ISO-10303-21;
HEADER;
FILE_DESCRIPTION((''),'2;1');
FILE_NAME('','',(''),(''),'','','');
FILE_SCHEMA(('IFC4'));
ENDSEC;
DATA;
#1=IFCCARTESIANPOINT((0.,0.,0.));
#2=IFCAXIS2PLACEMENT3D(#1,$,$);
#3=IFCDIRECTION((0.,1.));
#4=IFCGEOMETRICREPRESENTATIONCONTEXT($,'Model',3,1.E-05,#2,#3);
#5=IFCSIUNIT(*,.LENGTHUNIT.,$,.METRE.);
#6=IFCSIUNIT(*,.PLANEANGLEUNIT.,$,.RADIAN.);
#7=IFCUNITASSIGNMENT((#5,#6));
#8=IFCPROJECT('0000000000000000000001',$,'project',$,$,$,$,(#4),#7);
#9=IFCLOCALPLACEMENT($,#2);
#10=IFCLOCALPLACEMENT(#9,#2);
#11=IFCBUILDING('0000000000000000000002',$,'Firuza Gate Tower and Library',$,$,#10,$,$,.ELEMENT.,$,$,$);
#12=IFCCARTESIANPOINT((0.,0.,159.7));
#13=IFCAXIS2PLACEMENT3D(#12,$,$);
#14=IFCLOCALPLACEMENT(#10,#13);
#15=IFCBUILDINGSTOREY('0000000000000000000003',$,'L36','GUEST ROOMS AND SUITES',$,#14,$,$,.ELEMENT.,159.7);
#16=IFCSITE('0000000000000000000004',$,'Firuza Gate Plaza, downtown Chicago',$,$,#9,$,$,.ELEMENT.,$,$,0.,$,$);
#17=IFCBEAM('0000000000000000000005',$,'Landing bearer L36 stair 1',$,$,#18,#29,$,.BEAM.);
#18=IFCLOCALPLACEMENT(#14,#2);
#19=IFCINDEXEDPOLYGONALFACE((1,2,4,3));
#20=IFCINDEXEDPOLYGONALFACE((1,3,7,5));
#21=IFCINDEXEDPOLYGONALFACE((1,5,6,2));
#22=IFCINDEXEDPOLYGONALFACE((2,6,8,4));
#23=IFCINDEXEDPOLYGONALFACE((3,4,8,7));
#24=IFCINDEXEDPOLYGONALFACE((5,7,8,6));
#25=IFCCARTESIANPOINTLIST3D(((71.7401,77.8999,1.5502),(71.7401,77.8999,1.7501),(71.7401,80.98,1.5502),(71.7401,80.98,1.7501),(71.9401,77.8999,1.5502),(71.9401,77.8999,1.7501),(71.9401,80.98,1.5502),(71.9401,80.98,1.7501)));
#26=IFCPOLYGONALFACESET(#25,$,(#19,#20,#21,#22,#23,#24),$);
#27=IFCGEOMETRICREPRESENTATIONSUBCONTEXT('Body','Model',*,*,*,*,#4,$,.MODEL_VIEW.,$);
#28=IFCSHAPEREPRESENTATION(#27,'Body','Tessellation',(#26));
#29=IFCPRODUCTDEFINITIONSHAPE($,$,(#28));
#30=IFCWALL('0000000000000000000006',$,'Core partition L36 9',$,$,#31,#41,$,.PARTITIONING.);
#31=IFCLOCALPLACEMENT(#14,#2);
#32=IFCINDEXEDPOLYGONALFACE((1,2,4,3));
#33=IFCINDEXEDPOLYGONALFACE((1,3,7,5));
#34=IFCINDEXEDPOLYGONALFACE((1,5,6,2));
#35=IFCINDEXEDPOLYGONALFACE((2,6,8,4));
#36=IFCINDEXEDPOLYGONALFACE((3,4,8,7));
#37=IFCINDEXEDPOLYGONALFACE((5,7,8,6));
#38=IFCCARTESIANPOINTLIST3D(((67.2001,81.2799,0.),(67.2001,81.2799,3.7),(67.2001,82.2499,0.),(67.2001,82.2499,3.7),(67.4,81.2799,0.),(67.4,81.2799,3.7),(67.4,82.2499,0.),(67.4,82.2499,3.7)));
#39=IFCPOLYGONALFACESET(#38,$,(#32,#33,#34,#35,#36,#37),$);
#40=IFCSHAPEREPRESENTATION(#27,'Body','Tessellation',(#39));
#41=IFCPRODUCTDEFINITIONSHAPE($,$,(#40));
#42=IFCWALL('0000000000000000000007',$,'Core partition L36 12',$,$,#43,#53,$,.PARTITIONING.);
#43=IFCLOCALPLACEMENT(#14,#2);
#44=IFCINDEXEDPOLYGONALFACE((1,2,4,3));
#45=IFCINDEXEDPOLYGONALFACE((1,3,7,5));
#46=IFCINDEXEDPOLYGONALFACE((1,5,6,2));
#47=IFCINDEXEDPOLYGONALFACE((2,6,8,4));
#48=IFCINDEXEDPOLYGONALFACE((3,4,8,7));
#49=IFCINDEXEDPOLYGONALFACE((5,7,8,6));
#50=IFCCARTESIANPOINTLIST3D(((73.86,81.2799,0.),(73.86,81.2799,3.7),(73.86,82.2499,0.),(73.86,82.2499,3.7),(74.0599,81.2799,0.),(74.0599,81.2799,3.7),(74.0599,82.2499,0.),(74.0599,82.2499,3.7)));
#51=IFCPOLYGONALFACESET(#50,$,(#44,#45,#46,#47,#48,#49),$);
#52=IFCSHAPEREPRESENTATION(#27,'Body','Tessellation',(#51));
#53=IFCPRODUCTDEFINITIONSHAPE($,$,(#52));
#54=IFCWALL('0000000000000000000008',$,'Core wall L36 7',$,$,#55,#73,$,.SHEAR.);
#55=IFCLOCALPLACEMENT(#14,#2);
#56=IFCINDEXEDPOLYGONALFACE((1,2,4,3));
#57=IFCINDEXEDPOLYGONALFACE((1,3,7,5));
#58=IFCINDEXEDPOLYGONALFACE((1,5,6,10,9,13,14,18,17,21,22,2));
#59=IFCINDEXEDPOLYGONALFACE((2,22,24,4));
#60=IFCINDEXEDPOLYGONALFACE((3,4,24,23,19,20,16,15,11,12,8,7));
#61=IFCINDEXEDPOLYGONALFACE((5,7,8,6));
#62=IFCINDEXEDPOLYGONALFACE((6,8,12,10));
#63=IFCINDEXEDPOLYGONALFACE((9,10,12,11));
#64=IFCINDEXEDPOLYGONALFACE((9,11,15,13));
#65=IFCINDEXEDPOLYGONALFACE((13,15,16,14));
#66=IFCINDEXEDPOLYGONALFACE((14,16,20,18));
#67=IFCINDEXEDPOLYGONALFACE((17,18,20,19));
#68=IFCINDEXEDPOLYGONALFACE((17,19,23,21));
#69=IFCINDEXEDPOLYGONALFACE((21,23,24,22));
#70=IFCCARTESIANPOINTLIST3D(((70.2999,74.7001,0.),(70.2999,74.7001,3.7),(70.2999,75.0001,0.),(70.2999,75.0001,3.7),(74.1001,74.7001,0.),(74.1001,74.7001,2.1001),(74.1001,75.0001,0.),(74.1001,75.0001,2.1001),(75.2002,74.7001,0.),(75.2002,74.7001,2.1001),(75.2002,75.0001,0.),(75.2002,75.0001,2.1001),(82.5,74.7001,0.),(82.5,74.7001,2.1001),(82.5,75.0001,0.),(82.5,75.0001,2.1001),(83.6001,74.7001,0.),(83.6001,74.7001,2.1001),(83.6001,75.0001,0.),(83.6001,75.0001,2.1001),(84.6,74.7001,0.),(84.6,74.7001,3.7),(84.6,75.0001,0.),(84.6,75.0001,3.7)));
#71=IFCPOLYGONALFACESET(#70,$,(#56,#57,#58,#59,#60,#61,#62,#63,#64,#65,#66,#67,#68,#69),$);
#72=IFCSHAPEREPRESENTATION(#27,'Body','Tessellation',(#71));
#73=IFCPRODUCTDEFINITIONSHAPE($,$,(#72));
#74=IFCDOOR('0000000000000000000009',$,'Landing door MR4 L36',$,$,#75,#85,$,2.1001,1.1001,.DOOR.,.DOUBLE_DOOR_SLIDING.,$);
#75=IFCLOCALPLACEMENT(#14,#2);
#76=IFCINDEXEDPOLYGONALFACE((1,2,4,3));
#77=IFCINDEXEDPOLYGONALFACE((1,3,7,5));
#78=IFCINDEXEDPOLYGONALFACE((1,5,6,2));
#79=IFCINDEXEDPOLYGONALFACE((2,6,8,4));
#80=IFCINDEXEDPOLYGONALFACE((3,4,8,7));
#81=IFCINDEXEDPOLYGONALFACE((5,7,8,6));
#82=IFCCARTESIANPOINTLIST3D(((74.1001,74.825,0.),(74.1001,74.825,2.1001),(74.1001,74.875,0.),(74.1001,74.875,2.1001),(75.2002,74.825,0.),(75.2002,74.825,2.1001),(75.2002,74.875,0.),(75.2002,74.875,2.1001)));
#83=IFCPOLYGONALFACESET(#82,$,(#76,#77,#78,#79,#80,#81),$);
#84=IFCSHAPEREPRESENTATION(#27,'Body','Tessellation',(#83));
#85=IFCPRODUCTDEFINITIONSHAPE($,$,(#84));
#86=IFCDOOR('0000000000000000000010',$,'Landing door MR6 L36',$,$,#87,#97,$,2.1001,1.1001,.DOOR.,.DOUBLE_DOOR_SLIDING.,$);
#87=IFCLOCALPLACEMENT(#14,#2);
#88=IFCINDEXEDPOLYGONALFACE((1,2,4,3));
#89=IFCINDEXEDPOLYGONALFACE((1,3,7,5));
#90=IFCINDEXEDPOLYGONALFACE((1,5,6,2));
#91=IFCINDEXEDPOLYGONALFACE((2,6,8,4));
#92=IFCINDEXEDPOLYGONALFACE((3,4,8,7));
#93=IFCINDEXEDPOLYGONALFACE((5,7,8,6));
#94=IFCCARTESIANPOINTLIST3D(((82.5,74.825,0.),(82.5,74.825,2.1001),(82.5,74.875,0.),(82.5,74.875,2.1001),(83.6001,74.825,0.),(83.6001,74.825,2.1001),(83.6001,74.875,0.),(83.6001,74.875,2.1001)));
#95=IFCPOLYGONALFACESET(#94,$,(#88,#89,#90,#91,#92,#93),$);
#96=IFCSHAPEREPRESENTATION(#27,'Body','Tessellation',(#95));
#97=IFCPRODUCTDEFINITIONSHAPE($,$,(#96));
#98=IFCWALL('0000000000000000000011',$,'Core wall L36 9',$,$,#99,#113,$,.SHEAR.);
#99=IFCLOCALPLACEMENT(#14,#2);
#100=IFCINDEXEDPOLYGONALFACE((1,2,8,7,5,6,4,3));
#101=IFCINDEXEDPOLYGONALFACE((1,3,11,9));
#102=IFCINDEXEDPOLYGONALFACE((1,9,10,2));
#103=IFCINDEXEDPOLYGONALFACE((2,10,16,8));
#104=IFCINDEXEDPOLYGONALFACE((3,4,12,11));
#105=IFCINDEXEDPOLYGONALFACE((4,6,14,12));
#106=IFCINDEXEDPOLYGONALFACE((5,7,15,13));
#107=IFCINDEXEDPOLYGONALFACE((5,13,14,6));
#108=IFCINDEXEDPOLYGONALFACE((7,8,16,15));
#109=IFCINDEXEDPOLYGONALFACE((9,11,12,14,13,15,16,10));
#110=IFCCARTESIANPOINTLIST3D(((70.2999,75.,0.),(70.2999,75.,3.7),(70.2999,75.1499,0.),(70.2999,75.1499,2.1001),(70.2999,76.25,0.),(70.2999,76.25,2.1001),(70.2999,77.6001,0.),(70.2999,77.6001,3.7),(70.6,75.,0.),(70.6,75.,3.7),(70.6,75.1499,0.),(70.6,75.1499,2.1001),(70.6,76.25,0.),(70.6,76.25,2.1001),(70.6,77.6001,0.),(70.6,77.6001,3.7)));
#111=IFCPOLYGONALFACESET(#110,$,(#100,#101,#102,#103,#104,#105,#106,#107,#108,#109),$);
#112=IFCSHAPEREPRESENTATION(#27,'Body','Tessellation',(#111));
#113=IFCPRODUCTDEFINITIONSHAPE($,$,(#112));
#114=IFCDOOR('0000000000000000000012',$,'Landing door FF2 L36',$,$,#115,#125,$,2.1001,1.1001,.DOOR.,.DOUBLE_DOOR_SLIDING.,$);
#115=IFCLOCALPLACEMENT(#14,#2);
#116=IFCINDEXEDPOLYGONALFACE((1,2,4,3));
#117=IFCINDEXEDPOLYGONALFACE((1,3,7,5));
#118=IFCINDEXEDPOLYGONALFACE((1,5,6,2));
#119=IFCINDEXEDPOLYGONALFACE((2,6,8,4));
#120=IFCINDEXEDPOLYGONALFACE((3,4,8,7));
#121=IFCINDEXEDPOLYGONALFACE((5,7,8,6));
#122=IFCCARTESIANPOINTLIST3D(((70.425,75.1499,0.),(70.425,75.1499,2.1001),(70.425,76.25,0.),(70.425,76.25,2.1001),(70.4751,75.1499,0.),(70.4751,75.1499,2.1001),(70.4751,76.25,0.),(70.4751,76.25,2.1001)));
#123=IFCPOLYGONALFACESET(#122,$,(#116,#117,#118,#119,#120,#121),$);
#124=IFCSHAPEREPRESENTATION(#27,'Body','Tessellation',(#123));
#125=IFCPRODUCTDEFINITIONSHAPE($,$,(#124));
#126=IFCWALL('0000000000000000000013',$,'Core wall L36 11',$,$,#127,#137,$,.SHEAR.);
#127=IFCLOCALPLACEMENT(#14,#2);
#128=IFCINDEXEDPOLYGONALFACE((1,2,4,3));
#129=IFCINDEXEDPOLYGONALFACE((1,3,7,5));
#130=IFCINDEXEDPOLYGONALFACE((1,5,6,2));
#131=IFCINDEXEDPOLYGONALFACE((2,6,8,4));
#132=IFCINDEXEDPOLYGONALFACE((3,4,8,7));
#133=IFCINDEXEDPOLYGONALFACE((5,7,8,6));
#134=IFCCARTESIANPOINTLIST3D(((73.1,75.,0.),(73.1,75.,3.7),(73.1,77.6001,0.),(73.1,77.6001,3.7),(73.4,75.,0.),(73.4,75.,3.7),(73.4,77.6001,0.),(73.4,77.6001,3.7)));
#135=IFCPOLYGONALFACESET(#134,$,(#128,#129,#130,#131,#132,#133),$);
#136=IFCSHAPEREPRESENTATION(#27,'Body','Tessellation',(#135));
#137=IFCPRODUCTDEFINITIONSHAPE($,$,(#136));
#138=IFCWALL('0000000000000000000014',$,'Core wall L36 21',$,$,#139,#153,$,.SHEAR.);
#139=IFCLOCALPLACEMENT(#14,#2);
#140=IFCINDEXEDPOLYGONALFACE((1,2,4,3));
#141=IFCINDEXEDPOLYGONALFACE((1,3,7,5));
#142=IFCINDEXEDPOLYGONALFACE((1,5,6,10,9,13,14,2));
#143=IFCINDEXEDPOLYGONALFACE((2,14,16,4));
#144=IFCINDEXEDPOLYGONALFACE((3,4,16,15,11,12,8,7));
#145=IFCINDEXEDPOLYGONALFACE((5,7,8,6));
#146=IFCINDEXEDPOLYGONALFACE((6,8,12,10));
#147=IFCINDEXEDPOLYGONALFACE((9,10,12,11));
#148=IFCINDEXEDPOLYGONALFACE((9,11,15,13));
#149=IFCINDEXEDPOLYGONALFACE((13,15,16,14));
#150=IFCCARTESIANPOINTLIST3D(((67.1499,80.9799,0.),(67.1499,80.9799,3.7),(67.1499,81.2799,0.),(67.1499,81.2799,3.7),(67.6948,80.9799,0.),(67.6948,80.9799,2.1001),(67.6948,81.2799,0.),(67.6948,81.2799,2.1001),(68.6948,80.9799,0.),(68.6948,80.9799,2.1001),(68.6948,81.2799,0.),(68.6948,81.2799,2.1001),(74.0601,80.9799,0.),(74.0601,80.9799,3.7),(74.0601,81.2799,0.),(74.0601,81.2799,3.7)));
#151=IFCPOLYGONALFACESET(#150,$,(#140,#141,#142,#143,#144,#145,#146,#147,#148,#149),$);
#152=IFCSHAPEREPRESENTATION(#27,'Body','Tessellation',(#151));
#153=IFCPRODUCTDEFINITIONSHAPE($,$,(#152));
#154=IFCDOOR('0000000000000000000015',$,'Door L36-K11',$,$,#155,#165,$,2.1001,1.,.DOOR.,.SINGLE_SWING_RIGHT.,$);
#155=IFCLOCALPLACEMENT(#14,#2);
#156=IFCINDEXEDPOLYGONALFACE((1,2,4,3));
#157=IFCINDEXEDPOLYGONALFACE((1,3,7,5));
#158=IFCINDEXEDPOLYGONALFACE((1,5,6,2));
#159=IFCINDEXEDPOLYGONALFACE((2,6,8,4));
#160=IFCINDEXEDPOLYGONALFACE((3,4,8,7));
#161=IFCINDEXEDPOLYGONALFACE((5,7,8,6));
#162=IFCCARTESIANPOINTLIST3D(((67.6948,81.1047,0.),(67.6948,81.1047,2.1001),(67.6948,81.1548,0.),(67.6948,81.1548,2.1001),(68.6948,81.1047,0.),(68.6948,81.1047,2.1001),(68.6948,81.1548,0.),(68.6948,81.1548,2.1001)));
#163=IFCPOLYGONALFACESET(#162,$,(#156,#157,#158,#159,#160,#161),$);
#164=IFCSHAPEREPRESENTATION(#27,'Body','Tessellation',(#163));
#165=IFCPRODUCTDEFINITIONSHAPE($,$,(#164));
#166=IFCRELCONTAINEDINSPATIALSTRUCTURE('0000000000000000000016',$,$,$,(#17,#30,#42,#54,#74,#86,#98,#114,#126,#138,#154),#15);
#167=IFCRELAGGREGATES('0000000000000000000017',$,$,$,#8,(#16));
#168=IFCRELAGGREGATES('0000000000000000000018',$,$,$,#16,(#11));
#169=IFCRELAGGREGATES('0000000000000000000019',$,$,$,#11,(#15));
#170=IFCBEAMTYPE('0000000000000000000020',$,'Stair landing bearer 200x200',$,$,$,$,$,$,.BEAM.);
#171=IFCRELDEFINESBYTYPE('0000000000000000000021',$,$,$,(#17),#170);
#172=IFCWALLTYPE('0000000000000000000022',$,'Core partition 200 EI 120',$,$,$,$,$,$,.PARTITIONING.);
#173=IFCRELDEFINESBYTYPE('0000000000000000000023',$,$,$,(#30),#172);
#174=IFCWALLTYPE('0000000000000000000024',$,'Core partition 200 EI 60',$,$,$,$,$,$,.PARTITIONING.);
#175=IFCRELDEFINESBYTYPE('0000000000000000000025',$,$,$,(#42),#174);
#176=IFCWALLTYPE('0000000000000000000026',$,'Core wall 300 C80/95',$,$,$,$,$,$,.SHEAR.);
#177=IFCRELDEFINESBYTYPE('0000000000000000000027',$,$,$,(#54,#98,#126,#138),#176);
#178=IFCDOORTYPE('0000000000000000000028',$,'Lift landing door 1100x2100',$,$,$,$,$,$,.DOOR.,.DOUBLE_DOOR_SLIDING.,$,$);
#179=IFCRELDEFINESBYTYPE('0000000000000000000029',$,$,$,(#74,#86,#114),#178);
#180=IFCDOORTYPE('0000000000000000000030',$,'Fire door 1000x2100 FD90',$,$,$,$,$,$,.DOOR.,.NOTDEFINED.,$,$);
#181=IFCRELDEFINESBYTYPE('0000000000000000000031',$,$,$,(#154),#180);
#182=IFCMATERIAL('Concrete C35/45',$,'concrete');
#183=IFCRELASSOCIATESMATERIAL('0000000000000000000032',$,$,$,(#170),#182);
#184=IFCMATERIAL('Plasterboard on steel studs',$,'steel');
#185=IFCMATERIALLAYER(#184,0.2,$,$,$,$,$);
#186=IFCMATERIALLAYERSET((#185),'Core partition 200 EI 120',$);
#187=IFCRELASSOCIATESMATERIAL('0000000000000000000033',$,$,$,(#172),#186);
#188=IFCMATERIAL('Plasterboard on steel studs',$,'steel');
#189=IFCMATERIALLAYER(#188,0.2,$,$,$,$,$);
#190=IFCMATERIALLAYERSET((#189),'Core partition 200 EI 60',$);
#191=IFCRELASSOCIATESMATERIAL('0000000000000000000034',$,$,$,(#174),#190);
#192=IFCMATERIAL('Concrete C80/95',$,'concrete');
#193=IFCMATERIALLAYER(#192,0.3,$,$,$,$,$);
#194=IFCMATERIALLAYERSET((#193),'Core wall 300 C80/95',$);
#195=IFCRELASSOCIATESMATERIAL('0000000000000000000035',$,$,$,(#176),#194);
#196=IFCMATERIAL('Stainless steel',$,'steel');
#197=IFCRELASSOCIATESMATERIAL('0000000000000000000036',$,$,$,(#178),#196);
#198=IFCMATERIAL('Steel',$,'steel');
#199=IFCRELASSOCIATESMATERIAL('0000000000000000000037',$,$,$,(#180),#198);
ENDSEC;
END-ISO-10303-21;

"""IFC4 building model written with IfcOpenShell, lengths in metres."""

from ifc_helpers import new_model, si_unit, direction, frame, frame_2d, origin, origin_2d, place, context, subcontext, project, spatial, rectangle, extrude, material, layer, layer_set, material_profile, profile_set, type_object, element, fill, save


model = new_model("IFC4")

# Units and contexts
model_context = context("Model", 3, precision=1e-05, world=origin(), true_north=direction((0.0, 1.0)))
body_context = subcontext(model_context, "Body", "Model", "MODEL_VIEW")
ifc_project = project(units=[si_unit("LENGTHUNIT", "METRE"), si_unit("PLANEANGLEUNIT", "RADIAN")], contexts=[model_context])

# Site, building, storey
site_placement = place(None, origin())
site = spatial("IfcSite", under=ifc_project, at=site_placement, Name="Firuza Gate Plaza, downtown Chicago", CompositionType="ELEMENT", RefElevation=0.0)
building_placement = place(site_placement, origin())
building = spatial("IfcBuilding", under=site, at=building_placement, Name="Firuza Gate Tower and Library", CompositionType="ELEMENT")
storey_placement = place(building_placement, frame((0.0, 0.0, 159.7)))
storey = spatial("IfcBuildingStorey", under=building, at=storey_placement, Name="L36", Description="GUEST ROOMS AND SUITES", CompositionType="ELEMENT", Elevation=159.7)

# Beam
ifc_material_1 = material(Name="Concrete C35/45", Category="concrete")
ifc_material_profile = material_profile(ifc_material_1, rectangle(XDim=0.2, YDim=0.2, at=origin_2d()))
ifc_profile_set = profile_set([ifc_material_profile], Name="Concrete C35/45")
beam_type = type_object("IfcBeamType", Name="Stair landing bearer 200x200", PredefinedType="BEAM", material=ifc_profile_set)
beam_placement = place(storey_placement, frame((71.8401, 77.8999, 1.6501), z_axis=(0.0, 1.0, 0.0), x_axis=(-1.0, 0.0, 0.0)))
element("IfcBeam", 1, at=beam_placement, inside=storey, type_object=beam_type, Name="Landing bearer L36 stair 1", PredefinedType="BEAM", context=body_context, shape_type="SweptSolid", body=[
    extrude(rectangle(XDim=0.2, YDim=0.2, at=origin_2d()), origin(), (0.0, 0.0, 1.0), 3.0801),
])

# Walls
ifc_material_2 = material(Name="Plasterboard on steel studs", Category="steel")
ifc_layer_1 = layer(ifc_material_2, 0.2)
ifc_layer_set_1 = layer_set([ifc_layer_1], Name="Core partition 200 EI 120")
wall_type_1 = type_object("IfcWallType", Name="Core partition 200 EI 120", PredefinedType="PARTITIONING", material=ifc_layer_set_1)
wall_1_placement = place(storey_placement, frame((67.3, 81.28, 0.0), z_axis=(0.0, 0.0, 1.0), x_axis=(0.0, 1.0, 0.0)))
element("IfcWall", 2, at=wall_1_placement, inside=storey, type_object=wall_type_1, Name="Core partition L36 9", PredefinedType="PARTITIONING", context=body_context, shape_type="SweptSolid", body=[
    extrude(rectangle(XDim=0.97, YDim=0.2, at=frame_2d((0.4849, 0.0))), origin(), (0.0, 0.0, 1.0), 3.7),
])
ifc_material_3 = material(Name="Plasterboard on steel studs", Category="steel")
ifc_layer_2 = layer(ifc_material_3, 0.2)
ifc_layer_set_2 = layer_set([ifc_layer_2], Name="Core partition 200 EI 60")
wall_type_2 = type_object("IfcWallType", Name="Core partition 200 EI 60", PredefinedType="PARTITIONING", material=ifc_layer_set_2)
wall_2_placement = place(storey_placement, frame((73.96, 81.28, 0.0), z_axis=(0.0, 0.0, 1.0), x_axis=(0.0, 1.0, 0.0)))
element("IfcWall", 3, at=wall_2_placement, inside=storey, type_object=wall_type_2, Name="Core partition L36 12", PredefinedType="PARTITIONING", context=body_context, shape_type="SweptSolid", body=[
    extrude(rectangle(XDim=0.97, YDim=0.2, at=frame_2d((0.4849, 0.0))), origin(), (0.0, 0.0, 1.0), 3.7),
])

# Wall, openings, doors
ifc_material_4 = material(Name="Concrete C80/95", Category="concrete")
ifc_layer_3 = layer(ifc_material_4, 0.3)
ifc_layer_set_3 = layer_set([ifc_layer_3], Name="Core wall 300 C80/95")
wall_type_3 = type_object("IfcWallType", Name="Core wall 300 C80/95", PredefinedType="SHEAR", material=ifc_layer_set_3)
wall_3_placement = place(storey_placement, frame((70.3, 74.8501, 0.0), z_axis=(0.0, 0.0, 1.0), x_axis=(1.0, 0.0, 0.0)))
wall_3 = element("IfcWall", 4, at=wall_3_placement, inside=storey, type_object=wall_type_3, Name="Core wall L36 7", PredefinedType="SHEAR", context=body_context, shape_type="SweptSolid", body=[
    extrude(rectangle(XDim=14.3, YDim=0.3, at=frame_2d((7.1499, 0.0))), origin(), (0.0, 0.0, 1.0), 3.7),
])
opening_1_placement = place(wall_3_placement, frame((3.8, 0.0, 0.0)))
opening_1 = element("IfcOpeningElement", 5, at=opening_1_placement, cuts=wall_3, PredefinedType="OPENING", context=body_context, shape_type="SweptSolid", body=[
    extrude(rectangle(XDim=1.1001, YDim=2.1001, at=frame_2d((0.55, 1.05))), frame((0.0, 0.1602, 0.0), z_axis=(0.0, -1.0, 0.0), x_axis=(1.0, 0.0, 0.0)), (0.0, 0.0, 1.0), 0.3201),
])
opening_2_placement = place(wall_3_placement, frame((12.2, 0.0, 0.0)))
opening_2 = element("IfcOpeningElement", 6, at=opening_2_placement, cuts=wall_3, PredefinedType="OPENING", context=body_context, shape_type="SweptSolid", body=[
    extrude(rectangle(XDim=1.1001, YDim=2.1001, at=frame_2d((0.55, 1.05))), frame((0.0, 0.1602, 0.0), z_axis=(0.0, -1.0, 0.0), x_axis=(1.0, 0.0, 0.0)), (0.0, 0.0, 1.0), 0.3201),
])
ifc_material_5 = material(Name="Stainless steel", Category="steel")
door_type_1 = type_object("IfcDoorType", Name="Lift landing door 1100x2100", OperationType="DOUBLE_DOOR_SLIDING", PredefinedType="DOOR", material=ifc_material_5)
door_1_placement = place(opening_1_placement, origin())
door_1 = element("IfcDoor", 7, at=door_1_placement, inside=storey, type_object=door_type_1, Name="Landing door MR4 L36", OperationType="DOUBLE_DOOR_SLIDING", OverallHeight=2.1001, OverallWidth=1.1001, PredefinedType="DOOR", context=body_context, shape_type="SweptSolid", body=[
    extrude(rectangle(XDim=1.1001, YDim=2.1001, at=frame_2d((0.55, 1.05))), frame((0.0, 0.0249, 0.0), z_axis=(0.0, -1.0, 0.0), x_axis=(1.0, 0.0, 0.0)), (0.0, 0.0, 1.0), 0.05),
])
fill(opening_1, door_1)
door_2_placement = place(opening_2_placement, origin())
door_2 = element("IfcDoor", 8, at=door_2_placement, inside=storey, type_object=door_type_1, Name="Landing door MR6 L36", OperationType="DOUBLE_DOOR_SLIDING", OverallHeight=2.1001, OverallWidth=1.1001, PredefinedType="DOOR", context=body_context, shape_type="SweptSolid", body=[
    extrude(rectangle(XDim=1.1001, YDim=2.1001, at=frame_2d((0.55, 1.05))), frame((0.0, 0.0249, 0.0), z_axis=(0.0, -1.0, 0.0), x_axis=(1.0, 0.0, 0.0)), (0.0, 0.0, 1.0), 0.05),
])
fill(opening_2, door_2)

# Wall, opening, door
wall_4_placement = place(storey_placement, frame((70.45, 75.0, 0.0), z_axis=(0.0, 0.0, 1.0), x_axis=(0.0, 1.0, 0.0)))
wall_4 = element("IfcWall", 9, at=wall_4_placement, inside=storey, type_object=wall_type_3, Name="Core wall L36 9", PredefinedType="SHEAR", context=body_context, shape_type="SweptSolid", body=[
    extrude(rectangle(XDim=2.6001, YDim=0.3, at=frame_2d((1.3, 0.0))), origin(), (0.0, 0.0, 1.0), 3.7),
])
opening_3_placement = place(wall_4_placement, frame((0.1499, 0.0, 0.0)))
opening_3 = element("IfcOpeningElement", 10, at=opening_3_placement, cuts=wall_4, PredefinedType="OPENING", context=body_context, shape_type="SweptSolid", body=[
    extrude(rectangle(XDim=1.1001, YDim=2.1001, at=frame_2d((0.55, 1.05))), frame((0.0, 0.1602, 0.0), z_axis=(0.0, -1.0, 0.0), x_axis=(1.0, 0.0, 0.0)), (0.0, 0.0, 1.0), 0.3201),
])
door_3_placement = place(opening_3_placement, origin())
door_3 = element("IfcDoor", 11, at=door_3_placement, inside=storey, type_object=door_type_1, Name="Landing door FF2 L36", OperationType="DOUBLE_DOOR_SLIDING", OverallHeight=2.1001, OverallWidth=1.1001, PredefinedType="DOOR", context=body_context, shape_type="SweptSolid", body=[
    extrude(rectangle(XDim=1.1001, YDim=2.1001, at=frame_2d((0.55, 1.05))), frame((0.0, 0.0249, 0.0), z_axis=(0.0, -1.0, 0.0), x_axis=(1.0, 0.0, 0.0)), (0.0, 0.0, 1.0), 0.05),
])
fill(opening_3, door_3)

# Wall
wall_5_placement = place(storey_placement, frame((73.25, 75.0, 0.0), z_axis=(0.0, 0.0, 1.0), x_axis=(0.0, 1.0, 0.0)))
element("IfcWall", 12, at=wall_5_placement, inside=storey, type_object=wall_type_3, Name="Core wall L36 11", PredefinedType="SHEAR", context=body_context, shape_type="SweptSolid", body=[
    extrude(rectangle(XDim=2.6001, YDim=0.3, at=frame_2d((1.3, 0.0))), origin(), (0.0, 0.0, 1.0), 3.7),
])

# Wall, opening, door
wall_6_placement = place(storey_placement, frame((67.1499, 81.1299, 0.0), z_axis=(0.0, 0.0, 1.0), x_axis=(1.0, 0.0, 0.0)))
wall_6 = element("IfcWall", 13, at=wall_6_placement, inside=storey, type_object=wall_type_3, Name="Core wall L36 21", PredefinedType="SHEAR", context=body_context, shape_type="SweptSolid", body=[
    extrude(rectangle(XDim=6.9102, YDim=0.3, at=frame_2d((3.4551, 0.0))), origin(), (0.0, 0.0, 1.0), 3.7),
])
opening_4_placement = place(wall_6_placement, frame((0.5449, 0.0, 0.0)))
opening_4 = element("IfcOpeningElement", 14, at=opening_4_placement, cuts=wall_6, PredefinedType="OPENING", context=body_context, shape_type="SweptSolid", body=[
    extrude(rectangle(XDim=1.0, YDim=2.1001, at=frame_2d((0.5, 1.05))), frame((0.0, 0.1602, 0.0), z_axis=(0.0, -1.0, 0.0), x_axis=(1.0, 0.0, 0.0)), (0.0, 0.0, 1.0), 0.3201),
])
ifc_material_6 = material(Name="Steel", Category="steel")
door_type_2 = type_object("IfcDoorType", Name="Fire door 1000x2100 FD90", OperationType="NOTDEFINED", PredefinedType="DOOR", material=ifc_material_6)
door_4_placement = place(opening_4_placement, origin())
door_4 = element("IfcDoor", 15, at=door_4_placement, inside=storey, type_object=door_type_2, Name="Door L36-K11", OperationType="SINGLE_SWING_RIGHT", OverallHeight=2.1001, OverallWidth=1.0, PredefinedType="DOOR", context=body_context, shape_type="SweptSolid", body=[
    extrude(rectangle(XDim=1.0, YDim=2.1001, at=frame_2d((0.5, 1.05))), frame((0.0, 0.0249, 0.0), z_axis=(0.0, -1.0, 0.0), x_axis=(1.0, 0.0, 0.0)), (0.0, 0.0, 1.0), 0.05),
])
fill(opening_4, door_4)

save(model, "model.ifc")
